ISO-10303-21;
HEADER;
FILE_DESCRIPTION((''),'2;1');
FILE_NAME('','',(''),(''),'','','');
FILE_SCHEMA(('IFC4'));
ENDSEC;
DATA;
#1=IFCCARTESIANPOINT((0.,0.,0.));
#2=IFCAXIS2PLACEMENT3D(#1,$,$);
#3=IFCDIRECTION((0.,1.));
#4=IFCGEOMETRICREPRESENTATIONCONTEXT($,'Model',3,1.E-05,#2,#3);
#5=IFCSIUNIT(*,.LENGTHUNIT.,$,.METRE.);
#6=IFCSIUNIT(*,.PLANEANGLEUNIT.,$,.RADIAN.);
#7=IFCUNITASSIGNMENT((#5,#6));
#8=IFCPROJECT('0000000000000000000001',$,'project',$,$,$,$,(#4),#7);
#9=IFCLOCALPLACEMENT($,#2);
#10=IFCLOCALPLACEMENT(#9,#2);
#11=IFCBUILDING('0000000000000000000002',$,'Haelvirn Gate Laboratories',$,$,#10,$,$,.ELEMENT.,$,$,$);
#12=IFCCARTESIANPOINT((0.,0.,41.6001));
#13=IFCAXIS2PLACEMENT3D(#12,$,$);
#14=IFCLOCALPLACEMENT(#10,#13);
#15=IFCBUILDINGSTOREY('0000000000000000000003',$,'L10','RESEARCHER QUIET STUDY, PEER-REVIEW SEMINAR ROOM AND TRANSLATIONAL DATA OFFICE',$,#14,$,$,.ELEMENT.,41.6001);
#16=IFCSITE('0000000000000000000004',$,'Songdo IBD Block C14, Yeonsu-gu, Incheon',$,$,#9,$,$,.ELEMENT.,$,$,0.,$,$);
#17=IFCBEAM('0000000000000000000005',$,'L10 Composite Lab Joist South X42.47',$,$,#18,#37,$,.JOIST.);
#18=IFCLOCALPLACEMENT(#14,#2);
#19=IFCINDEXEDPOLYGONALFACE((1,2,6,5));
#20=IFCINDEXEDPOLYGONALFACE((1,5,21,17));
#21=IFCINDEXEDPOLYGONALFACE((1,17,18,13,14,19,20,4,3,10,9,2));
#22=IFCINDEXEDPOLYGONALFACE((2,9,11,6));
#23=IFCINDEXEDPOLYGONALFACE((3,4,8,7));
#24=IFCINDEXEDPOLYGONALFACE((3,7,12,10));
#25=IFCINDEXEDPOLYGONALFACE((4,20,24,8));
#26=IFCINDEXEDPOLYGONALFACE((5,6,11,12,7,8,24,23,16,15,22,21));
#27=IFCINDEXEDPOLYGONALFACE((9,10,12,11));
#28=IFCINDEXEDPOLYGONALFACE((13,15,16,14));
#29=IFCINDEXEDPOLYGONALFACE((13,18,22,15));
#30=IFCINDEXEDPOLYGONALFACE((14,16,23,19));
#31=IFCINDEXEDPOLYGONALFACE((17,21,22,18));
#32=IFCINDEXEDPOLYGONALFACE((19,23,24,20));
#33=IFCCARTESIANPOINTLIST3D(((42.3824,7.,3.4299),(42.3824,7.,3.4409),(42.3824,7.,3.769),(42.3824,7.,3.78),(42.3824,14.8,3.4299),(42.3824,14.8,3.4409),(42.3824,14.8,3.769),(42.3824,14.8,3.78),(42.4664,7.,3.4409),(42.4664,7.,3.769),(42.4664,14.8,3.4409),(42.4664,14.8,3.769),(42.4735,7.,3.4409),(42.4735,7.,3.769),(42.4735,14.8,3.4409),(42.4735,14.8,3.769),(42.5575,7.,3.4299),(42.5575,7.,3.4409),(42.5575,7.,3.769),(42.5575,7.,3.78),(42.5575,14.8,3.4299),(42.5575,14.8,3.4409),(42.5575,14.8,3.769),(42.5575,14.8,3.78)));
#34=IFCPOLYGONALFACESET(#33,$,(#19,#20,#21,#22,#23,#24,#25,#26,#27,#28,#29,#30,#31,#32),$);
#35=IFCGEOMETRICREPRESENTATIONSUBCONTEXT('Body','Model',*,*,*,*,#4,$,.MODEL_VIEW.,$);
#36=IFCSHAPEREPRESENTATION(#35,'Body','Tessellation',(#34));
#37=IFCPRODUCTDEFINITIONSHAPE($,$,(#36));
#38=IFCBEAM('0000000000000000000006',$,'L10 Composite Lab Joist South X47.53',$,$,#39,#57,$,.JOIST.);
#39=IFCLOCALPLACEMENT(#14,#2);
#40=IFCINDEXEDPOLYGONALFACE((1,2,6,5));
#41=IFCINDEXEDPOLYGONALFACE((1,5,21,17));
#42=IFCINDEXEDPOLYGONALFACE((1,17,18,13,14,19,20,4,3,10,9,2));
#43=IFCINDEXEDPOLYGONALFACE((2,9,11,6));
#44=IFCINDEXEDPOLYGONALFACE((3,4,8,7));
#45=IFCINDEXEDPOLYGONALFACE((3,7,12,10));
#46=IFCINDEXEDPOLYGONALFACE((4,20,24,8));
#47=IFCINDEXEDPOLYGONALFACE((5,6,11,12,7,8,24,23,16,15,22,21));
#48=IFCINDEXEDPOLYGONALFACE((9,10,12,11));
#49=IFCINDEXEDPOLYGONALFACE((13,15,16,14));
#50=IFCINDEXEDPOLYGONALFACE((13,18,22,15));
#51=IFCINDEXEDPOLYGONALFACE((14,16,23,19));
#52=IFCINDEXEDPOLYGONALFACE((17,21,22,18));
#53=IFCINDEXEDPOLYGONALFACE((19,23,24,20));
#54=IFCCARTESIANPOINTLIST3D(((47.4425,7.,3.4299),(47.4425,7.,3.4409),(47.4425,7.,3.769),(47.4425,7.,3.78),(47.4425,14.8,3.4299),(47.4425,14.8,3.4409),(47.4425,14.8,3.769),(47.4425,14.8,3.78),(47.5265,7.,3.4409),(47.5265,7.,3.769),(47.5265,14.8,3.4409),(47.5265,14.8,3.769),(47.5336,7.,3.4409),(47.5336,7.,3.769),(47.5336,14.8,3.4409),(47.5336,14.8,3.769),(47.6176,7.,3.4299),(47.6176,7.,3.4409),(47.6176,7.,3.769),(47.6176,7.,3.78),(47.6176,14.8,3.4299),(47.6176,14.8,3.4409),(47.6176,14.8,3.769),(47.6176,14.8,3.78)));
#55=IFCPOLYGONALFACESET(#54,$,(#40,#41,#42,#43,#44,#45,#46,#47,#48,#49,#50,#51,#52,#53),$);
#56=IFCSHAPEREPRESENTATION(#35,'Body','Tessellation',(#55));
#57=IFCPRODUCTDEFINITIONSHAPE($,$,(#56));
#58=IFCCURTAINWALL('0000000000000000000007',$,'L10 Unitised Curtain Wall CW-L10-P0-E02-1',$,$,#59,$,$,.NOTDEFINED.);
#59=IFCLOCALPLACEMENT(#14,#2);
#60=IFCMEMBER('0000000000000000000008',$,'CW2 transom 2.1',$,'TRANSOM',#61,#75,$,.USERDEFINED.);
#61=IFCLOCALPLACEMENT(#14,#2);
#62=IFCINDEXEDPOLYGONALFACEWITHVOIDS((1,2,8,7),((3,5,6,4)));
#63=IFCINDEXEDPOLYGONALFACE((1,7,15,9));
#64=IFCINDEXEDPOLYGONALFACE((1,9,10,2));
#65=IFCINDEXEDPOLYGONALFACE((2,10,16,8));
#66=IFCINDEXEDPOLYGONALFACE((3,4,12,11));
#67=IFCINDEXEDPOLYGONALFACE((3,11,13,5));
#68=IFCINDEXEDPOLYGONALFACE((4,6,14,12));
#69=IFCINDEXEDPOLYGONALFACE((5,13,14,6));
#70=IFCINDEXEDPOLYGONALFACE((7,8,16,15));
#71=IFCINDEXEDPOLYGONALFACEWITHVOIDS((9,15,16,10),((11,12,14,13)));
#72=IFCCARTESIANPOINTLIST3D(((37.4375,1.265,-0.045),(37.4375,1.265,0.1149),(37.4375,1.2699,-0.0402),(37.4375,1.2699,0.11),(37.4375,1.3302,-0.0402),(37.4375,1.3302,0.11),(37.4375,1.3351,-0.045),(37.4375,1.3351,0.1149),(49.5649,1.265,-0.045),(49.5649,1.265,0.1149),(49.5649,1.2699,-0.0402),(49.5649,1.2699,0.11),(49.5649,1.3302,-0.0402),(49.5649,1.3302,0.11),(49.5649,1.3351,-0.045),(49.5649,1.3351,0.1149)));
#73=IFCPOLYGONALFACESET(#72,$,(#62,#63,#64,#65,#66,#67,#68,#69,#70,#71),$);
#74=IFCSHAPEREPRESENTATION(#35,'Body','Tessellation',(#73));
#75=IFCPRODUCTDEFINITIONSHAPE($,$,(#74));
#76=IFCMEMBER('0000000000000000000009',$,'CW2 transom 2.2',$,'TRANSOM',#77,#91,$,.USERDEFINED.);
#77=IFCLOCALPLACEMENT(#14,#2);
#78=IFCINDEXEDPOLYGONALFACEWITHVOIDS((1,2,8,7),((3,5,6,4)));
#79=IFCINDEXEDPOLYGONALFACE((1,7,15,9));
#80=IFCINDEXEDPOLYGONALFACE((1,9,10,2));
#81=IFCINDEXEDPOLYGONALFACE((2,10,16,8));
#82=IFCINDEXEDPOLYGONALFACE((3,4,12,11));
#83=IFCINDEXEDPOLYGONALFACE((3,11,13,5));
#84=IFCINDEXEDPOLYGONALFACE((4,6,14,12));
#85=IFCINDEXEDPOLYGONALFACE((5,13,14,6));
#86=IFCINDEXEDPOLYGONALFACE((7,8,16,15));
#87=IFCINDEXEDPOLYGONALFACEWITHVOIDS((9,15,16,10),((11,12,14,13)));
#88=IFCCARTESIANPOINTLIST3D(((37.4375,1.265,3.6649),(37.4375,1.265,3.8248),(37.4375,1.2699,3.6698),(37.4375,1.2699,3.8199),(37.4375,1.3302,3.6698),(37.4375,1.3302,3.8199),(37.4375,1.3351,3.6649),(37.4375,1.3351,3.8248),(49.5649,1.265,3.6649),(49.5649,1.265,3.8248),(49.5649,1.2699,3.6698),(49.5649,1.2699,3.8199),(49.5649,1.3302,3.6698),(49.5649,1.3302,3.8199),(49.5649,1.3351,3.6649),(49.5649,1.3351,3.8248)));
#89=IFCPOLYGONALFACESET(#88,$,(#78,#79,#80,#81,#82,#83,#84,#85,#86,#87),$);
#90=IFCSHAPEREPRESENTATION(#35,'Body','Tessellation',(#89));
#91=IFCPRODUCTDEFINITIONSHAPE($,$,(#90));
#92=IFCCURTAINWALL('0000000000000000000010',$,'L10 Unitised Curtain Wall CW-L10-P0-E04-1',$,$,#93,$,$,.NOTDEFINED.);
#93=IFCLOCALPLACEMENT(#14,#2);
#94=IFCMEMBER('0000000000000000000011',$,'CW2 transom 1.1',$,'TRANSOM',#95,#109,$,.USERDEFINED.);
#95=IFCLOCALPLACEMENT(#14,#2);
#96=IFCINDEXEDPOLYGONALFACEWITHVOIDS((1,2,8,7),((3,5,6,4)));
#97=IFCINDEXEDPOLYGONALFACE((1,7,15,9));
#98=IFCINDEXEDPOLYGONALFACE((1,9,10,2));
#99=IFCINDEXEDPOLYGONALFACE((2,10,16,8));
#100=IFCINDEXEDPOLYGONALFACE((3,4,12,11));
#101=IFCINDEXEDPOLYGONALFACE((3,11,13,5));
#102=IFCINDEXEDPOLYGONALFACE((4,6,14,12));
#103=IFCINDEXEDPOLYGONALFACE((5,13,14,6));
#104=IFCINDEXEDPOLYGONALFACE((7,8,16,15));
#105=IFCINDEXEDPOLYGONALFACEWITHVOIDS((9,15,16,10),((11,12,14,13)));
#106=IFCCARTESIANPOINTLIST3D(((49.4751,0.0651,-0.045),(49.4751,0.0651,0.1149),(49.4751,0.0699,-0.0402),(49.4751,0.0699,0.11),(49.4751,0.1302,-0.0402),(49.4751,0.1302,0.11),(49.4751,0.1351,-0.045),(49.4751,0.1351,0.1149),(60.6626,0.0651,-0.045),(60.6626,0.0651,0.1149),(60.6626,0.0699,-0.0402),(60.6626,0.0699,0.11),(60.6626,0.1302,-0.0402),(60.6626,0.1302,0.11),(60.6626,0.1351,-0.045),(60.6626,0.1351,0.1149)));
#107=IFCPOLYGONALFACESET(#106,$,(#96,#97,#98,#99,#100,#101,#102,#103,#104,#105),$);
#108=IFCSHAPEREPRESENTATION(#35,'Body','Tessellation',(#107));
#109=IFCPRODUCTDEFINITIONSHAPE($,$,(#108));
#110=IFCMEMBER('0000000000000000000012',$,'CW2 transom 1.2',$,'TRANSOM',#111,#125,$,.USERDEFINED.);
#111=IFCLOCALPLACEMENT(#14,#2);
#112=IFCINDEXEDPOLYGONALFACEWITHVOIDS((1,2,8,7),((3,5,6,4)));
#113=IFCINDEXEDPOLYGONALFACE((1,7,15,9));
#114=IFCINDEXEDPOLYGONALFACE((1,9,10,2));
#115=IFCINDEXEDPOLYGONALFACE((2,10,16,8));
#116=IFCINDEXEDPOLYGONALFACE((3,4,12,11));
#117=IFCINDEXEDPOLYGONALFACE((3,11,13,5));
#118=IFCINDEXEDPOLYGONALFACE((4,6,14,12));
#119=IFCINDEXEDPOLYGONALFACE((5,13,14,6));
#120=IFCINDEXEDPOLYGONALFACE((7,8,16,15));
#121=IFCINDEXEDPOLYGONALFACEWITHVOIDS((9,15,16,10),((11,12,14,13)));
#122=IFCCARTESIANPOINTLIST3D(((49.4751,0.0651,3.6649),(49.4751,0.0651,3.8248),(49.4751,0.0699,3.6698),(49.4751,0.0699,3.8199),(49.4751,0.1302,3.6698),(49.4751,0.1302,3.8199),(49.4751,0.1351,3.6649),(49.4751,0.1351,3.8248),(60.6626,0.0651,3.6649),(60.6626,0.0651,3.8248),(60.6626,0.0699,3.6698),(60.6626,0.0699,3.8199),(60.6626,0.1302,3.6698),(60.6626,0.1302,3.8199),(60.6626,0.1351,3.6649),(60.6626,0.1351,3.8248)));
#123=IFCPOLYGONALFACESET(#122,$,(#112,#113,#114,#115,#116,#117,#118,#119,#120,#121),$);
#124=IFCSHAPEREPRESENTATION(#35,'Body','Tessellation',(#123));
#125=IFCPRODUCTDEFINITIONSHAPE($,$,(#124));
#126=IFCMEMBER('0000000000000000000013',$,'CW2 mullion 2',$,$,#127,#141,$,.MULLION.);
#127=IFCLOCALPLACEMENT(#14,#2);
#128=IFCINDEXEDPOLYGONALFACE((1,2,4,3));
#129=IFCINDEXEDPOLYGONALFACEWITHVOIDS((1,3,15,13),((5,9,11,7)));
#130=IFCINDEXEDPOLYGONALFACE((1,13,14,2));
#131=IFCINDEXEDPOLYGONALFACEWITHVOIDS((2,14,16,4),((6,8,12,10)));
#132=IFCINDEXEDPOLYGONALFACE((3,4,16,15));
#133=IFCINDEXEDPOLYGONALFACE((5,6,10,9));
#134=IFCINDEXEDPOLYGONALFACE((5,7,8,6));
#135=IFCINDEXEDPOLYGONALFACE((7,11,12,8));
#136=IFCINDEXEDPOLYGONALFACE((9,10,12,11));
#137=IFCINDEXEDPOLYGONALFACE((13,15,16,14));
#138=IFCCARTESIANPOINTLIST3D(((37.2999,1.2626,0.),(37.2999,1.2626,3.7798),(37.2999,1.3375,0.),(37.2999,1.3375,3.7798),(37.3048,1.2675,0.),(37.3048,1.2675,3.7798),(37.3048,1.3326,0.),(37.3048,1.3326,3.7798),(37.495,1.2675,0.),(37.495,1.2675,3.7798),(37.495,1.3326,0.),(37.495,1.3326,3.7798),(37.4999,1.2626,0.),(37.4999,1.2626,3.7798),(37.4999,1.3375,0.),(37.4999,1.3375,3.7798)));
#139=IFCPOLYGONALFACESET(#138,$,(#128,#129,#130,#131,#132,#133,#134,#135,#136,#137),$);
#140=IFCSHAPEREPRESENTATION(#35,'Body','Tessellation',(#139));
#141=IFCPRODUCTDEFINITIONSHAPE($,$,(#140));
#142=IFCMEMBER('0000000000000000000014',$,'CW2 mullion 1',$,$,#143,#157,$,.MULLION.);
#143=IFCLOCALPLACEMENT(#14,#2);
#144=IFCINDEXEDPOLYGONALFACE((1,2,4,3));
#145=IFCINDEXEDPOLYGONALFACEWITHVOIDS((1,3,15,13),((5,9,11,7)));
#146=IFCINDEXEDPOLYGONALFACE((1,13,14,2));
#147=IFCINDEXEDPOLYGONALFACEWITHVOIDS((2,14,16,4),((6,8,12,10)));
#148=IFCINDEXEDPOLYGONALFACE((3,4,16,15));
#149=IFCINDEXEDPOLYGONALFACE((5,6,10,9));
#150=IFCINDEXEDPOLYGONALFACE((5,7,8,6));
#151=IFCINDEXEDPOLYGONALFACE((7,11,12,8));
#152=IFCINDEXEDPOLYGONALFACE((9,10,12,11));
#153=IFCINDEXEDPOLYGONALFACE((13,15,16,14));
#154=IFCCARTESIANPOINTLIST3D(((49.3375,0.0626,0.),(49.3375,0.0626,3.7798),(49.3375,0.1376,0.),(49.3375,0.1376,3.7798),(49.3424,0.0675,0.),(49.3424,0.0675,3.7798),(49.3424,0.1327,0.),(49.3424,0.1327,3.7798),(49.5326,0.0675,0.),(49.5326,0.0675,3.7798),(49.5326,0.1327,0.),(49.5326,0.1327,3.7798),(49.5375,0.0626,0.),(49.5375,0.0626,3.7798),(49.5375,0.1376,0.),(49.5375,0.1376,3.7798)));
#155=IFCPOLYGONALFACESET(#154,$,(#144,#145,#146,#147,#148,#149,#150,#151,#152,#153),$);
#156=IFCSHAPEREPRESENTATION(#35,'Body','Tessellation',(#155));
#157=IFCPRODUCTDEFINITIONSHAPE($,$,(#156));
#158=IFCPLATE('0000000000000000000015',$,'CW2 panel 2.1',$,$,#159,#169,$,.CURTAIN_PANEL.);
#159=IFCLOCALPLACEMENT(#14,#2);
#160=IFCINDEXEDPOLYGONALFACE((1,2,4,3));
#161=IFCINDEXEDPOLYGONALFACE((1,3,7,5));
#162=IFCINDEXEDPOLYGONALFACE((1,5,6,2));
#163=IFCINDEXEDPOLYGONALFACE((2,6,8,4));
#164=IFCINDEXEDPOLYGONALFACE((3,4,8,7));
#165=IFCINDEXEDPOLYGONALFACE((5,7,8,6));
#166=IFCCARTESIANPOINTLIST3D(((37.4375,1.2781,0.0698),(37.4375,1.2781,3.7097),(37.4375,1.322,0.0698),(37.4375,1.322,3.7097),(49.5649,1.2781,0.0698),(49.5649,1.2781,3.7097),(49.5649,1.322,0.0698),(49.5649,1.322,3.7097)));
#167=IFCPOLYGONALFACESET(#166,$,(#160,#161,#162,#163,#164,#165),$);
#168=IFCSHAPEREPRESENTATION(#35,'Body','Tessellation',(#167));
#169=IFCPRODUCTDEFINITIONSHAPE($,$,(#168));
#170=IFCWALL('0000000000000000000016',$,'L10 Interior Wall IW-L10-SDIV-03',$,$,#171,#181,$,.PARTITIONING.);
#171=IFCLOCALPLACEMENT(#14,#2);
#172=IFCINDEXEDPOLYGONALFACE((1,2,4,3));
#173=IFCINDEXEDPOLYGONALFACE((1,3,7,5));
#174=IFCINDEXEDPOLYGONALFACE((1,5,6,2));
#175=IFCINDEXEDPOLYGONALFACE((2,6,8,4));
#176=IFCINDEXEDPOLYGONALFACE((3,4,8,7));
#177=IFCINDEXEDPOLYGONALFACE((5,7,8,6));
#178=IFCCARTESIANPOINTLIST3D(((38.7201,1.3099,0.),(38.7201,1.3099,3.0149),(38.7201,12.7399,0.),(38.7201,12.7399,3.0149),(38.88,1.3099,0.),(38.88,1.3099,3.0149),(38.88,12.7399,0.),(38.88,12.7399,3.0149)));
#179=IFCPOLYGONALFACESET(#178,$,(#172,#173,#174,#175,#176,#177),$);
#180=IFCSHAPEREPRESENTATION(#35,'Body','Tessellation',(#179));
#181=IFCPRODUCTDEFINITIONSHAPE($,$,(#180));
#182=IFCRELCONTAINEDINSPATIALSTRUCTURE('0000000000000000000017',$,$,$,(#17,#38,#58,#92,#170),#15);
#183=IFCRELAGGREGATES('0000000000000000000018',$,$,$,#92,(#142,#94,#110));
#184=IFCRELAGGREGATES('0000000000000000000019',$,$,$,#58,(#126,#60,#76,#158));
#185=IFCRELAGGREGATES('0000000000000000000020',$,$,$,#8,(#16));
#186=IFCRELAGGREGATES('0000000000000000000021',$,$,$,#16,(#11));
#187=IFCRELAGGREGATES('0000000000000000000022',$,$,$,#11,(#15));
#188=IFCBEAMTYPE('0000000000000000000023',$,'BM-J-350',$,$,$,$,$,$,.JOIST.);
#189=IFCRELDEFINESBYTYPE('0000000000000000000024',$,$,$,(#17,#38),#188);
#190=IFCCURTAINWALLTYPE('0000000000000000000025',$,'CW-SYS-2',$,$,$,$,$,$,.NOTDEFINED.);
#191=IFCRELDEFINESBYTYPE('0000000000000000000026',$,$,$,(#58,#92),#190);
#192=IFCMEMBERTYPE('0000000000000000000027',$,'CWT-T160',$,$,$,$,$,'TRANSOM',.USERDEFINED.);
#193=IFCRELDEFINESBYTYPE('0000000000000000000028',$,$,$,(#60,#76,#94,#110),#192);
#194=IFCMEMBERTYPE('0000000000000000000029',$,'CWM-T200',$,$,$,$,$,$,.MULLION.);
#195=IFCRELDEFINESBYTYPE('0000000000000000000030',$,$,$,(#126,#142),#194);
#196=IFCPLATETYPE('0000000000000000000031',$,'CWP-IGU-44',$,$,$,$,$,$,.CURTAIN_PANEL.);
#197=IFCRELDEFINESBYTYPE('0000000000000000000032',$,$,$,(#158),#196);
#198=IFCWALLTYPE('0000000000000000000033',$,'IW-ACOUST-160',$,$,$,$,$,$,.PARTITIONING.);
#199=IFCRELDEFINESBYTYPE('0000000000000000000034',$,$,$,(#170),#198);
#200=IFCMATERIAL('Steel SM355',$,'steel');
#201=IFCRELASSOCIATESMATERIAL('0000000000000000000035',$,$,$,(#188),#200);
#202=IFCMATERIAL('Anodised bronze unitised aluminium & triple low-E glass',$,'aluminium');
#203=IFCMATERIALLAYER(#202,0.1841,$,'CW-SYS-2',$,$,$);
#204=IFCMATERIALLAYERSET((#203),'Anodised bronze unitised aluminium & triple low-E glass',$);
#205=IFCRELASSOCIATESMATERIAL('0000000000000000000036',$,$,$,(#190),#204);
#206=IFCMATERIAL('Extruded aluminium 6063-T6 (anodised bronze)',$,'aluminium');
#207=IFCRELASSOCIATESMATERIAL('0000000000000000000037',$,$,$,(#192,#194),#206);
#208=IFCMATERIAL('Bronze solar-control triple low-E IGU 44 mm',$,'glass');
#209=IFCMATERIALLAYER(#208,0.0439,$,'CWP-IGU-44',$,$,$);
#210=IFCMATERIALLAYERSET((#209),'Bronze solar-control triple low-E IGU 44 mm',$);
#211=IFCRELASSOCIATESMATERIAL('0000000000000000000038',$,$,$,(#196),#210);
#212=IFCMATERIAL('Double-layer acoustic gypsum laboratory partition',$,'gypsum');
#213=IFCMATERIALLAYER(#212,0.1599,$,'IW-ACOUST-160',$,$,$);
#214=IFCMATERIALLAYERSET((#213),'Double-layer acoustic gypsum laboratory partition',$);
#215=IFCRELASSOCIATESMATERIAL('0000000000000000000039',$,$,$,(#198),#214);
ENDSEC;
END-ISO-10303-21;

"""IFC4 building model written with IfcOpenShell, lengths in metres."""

from ifc_helpers import new_model, si_unit, direction, frame, frame_2d, origin, origin_2d, place, context, subcontext, project, spatial, rectangle, hollow_rectangle, i_section, extrude, source, transform, mapped, material, layer, layer_set, material_profile, profile_set, type_object, type_shapes, element, aggregate, save


model = new_model("IFC4")

# Units and contexts
model_context = context("Model", 3, precision=1e-05, world=origin(), true_north=direction((0.0, 1.0)))
body_context = subcontext(model_context, "Body", "Model", "MODEL_VIEW")
ifc_project = project(units=[si_unit("LENGTHUNIT", "METRE"), si_unit("PLANEANGLEUNIT", "RADIAN")], contexts=[model_context])

# Site, building, storey
site_placement = place(None, origin())
site = spatial("IfcSite", under=ifc_project, at=site_placement, Name="Songdo IBD Block C14, Yeonsu-gu, Incheon", CompositionType="ELEMENT", RefElevation=0.0)
building_placement = place(site_placement, origin())
building = spatial("IfcBuilding", under=site, at=building_placement, Name="Haelvirn Gate Laboratories", CompositionType="ELEMENT")
storey_placement = place(building_placement, frame((0.0, 0.0, 41.6001)))
storey = spatial("IfcBuildingStorey", under=building, at=storey_placement, Name="L10", Description="RESEARCHER QUIET STUDY, PEER-REVIEW SEMINAR ROOM AND TRANSLATIONAL DATA OFFICE", CompositionType="ELEMENT", Elevation=41.6001)

# Beams
ifc_material_1 = material(Name="Steel SM355", Category="steel")
ifc_material_profile_1 = material_profile(ifc_material_1, i_section(OverallWidth=0.175, OverallDepth=0.3501, WebThickness=0.0071, FlangeThickness=0.011, at=origin_2d()), Name="H-350x175x7x11")
ifc_profile_set_1 = profile_set([ifc_material_profile_1], Name="Steel SM355")
beam_type_1 = type_object("IfcBeamType", Name="BM-J-350", PredefinedType="JOIST", material=ifc_profile_set_1)
shared_shape_1 = source(origin(), body_context, "Body", "SweptSolid", [
    extrude(i_section(OverallWidth=0.175, OverallDepth=0.3501, WebThickness=0.0071, FlangeThickness=0.011, at=origin_2d()), origin(), (0.0, 0.0, 1.0), 7.8),
])
type_shapes(beam_type_1, [shared_shape_1])
for number, where, z_axis, x_axis, name in (
    (1, (42.47, 7.0, 3.605), (0.0, 1.0, 0.0), (-1.0, 0.0, 0.0), "L10 Composite Lab Joist South X42.47"),
    (2, (47.53, 7.0, 3.605), (0.0, 1.0, 0.0), (-1.0, 0.0, 0.0), "L10 Composite Lab Joist South X47.53"),
):
    element("IfcBeam", number, at=place(storey_placement, frame(where, z_axis=z_axis, x_axis=x_axis)), inside=storey, type_object=beam_type_1, Name=name, PredefinedType="JOIST", context=body_context, shape_type="MappedRepresentation", body=[
        mapped(shared_shape_1, transform((0.0, 0.0, 0.0), scale=1.0)),
    ])

# Curtain walls, members
ifc_material_2 = material(Name="Anodised bronze unitised aluminium & triple low-E glass", Category="aluminium")
ifc_layer_1 = layer(ifc_material_2, 0.1841, Name="CW-SYS-2")
ifc_layer_set_1 = layer_set([ifc_layer_1], Name="Anodised bronze unitised aluminium & triple low-E glass")
curtain_wall_type = type_object("IfcCurtainWallType", Name="CW-SYS-2", PredefinedType="NOTDEFINED", material=ifc_layer_set_1)
curtain_wall_1_placement = place(storey_placement, origin())
curtain_wall_1 = element("IfcCurtainWall", 3, at=curtain_wall_1_placement, inside=storey, type_object=curtain_wall_type, Name="L10 Unitised Curtain Wall CW-L10-P0-E02-1", PredefinedType="NOTDEFINED")
ifc_material_3 = material(Name="Extruded aluminium 6063-T6 (anodised bronze)", Category="aluminium")
ifc_material_profile_2 = material_profile(ifc_material_3, hollow_rectangle(XDim=0.0701, YDim=0.1599, WallThickness=0.0049, at=origin_2d()), Name="CWT-160x70x5")
ifc_profile_set_2 = profile_set([ifc_material_profile_2], Name="Extruded aluminium 6063-T6 (anodised bronze)")
member_type_1 = type_object("IfcMemberType", Name="CWT-T160", ElementType="TRANSOM", PredefinedType="USERDEFINED", material=ifc_profile_set_2)
shared_shape_2 = source(origin(), body_context, "Body", "SweptSolid", [
    extrude(hollow_rectangle(XDim=0.0701, YDim=0.1599, WallThickness=0.0049, at=origin_2d()), origin(), (0.0, 0.0, 1.0), 12.1274),
])
member_1_placement = place(storey_placement, frame((37.4375, 1.3, 0.0349), z_axis=(1.0, 0.0, 0.0), x_axis=(0.0, 1.0, 0.0)))
member_1 = element("IfcMember", 4, at=member_1_placement, type_object=member_type_1, Name="CW2 transom 2.1", ObjectType="TRANSOM", PredefinedType="USERDEFINED", context=body_context, shape_type="MappedRepresentation", body=[
    mapped(shared_shape_2, transform((0.0, 0.0, 0.0), scale=1.0)),
])
member_2_placement = place(storey_placement, frame((37.4375, 1.3, 3.7449), z_axis=(1.0, 0.0, 0.0), x_axis=(0.0, 1.0, 0.0)))
member_2 = element("IfcMember", 5, at=member_2_placement, type_object=member_type_1, Name="CW2 transom 2.2", ObjectType="TRANSOM", PredefinedType="USERDEFINED", context=body_context, shape_type="MappedRepresentation", body=[
    mapped(shared_shape_2, transform((0.0, 0.0, 0.0), scale=1.0)),
])
curtain_wall_2_placement = place(storey_placement, origin())
curtain_wall_2 = element("IfcCurtainWall", 6, at=curtain_wall_2_placement, inside=storey, type_object=curtain_wall_type, Name="L10 Unitised Curtain Wall CW-L10-P0-E04-1", PredefinedType="NOTDEFINED")
shared_shape_3 = source(origin(), body_context, "Body", "SweptSolid", [
    extrude(hollow_rectangle(XDim=0.0701, YDim=0.1599, WallThickness=0.0049, at=origin_2d()), origin(), (0.0, 0.0, 1.0), 11.1875),
])
type_shapes(member_type_1, [shared_shape_2, shared_shape_3])
member_3_placement = place(storey_placement, frame((49.4751, 0.1001, 0.0349), z_axis=(1.0, 0.0, 0.0), x_axis=(0.0, 1.0, 0.0)))
member_3 = element("IfcMember", 7, at=member_3_placement, type_object=member_type_1, Name="CW2 transom 1.1", ObjectType="TRANSOM", PredefinedType="USERDEFINED", context=body_context, shape_type="MappedRepresentation", body=[
    mapped(shared_shape_3, transform((0.0, 0.0, 0.0), scale=1.0)),
])
member_4_placement = place(storey_placement, frame((49.4751, 0.1001, 3.7449), z_axis=(1.0, 0.0, 0.0), x_axis=(0.0, 1.0, 0.0)))
member_4 = element("IfcMember", 8, at=member_4_placement, type_object=member_type_1, Name="CW2 transom 1.2", ObjectType="TRANSOM", PredefinedType="USERDEFINED", context=body_context, shape_type="MappedRepresentation", body=[
    mapped(shared_shape_3, transform((0.0, 0.0, 0.0), scale=1.0)),
])

# Members
ifc_material_profile_3 = material_profile(ifc_material_3, hollow_rectangle(XDim=0.075, YDim=0.2, WallThickness=0.0049, at=origin_2d()), Name="CWM-200x75x5")
ifc_profile_set_3 = profile_set([ifc_material_profile_3], Name="Extruded aluminium 6063-T6 (anodised bronze)")
member_type_2 = type_object("IfcMemberType", Name="CWM-T200", PredefinedType="MULLION", material=ifc_profile_set_3)
shared_shape_4 = source(origin(), body_context, "Body", "SweptSolid", [
    extrude(hollow_rectangle(XDim=0.075, YDim=0.2, WallThickness=0.0049, at=origin_2d()), origin(), (0.0, 0.0, 1.0), 3.7798),
])
type_shapes(member_type_2, [shared_shape_4])
member_5_placement = place(storey_placement, frame((37.3999, 1.3, 0.0), z_axis=(0.0, 0.0, 1.0), x_axis=(0.0, 1.0, 0.0)))
member_5 = element("IfcMember", 9, at=member_5_placement, type_object=member_type_2, Name="CW2 mullion 2", PredefinedType="MULLION", context=body_context, shape_type="MappedRepresentation", body=[
    mapped(shared_shape_4, transform((0.0, 0.0, 0.0), scale=1.0)),
])
member_6_placement = place(storey_placement, frame((49.4375, 0.1001, 0.0), z_axis=(0.0, 0.0, 1.0), x_axis=(0.0, 1.0, 0.0)))
member_6 = element("IfcMember", 10, at=member_6_placement, type_object=member_type_2, Name="CW2 mullion 1", PredefinedType="MULLION", context=body_context, shape_type="MappedRepresentation", body=[
    mapped(shared_shape_4, transform((0.0, 0.0, 0.0), scale=1.0)),
])
aggregate(curtain_wall_2, [member_6, member_3, member_4])

# Plate
ifc_material_4 = material(Name="Bronze solar-control triple low-E IGU 44 mm", Category="glass")
ifc_layer_2 = layer(ifc_material_4, 0.0439, Name="CWP-IGU-44")
ifc_layer_set_2 = layer_set([ifc_layer_2], Name="Bronze solar-control triple low-E IGU 44 mm")
plate_type = type_object("IfcPlateType", Name="CWP-IGU-44", PredefinedType="CURTAIN_PANEL", material=ifc_layer_set_2)
shared_shape_5 = source(origin(), body_context, "Body", "SweptSolid", [
    extrude(rectangle(XDim=12.1274, YDim=0.0439, at=origin_2d()), origin(), (0.0, 0.0, 1.0), 3.6399),
])
type_shapes(plate_type, [shared_shape_5])
plate_placement = place(storey_placement, frame((43.5012, 1.3, 0.0698), z_axis=(0.0, 0.0, 1.0), x_axis=(1.0, 0.0, 0.0)))
plate = element("IfcPlate", 11, at=plate_placement, type_object=plate_type, Name="CW2 panel 2.1", PredefinedType="CURTAIN_PANEL", context=body_context, shape_type="MappedRepresentation", body=[
    mapped(shared_shape_5, transform((0.0, 0.0, 0.0), scale=1.0)),
])
aggregate(curtain_wall_1, [member_5, member_1, member_2, plate])

# Wall
ifc_material_5 = material(Name="Double-layer acoustic gypsum laboratory partition", Category="gypsum")
ifc_layer_3 = layer(ifc_material_5, 0.1599, Name="IW-ACOUST-160")
ifc_layer_set_3 = layer_set([ifc_layer_3], Name="Double-layer acoustic gypsum laboratory partition")
wall_type_1 = type_object("IfcWallType", Name="IW-ACOUST-160", PredefinedType="PARTITIONING", material=ifc_layer_set_3)
wall_1_placement = place(storey_placement, frame((38.8, 1.3101, 0.0), z_axis=(0.0, 0.0, 1.0), x_axis=(0.0, 1.0, 0.0)))
element("IfcWall", 12, at=wall_1_placement, inside=storey, type_object=wall_type_1, Name="L10 Interior Wall IW-L10-SDIV-03", PredefinedType="PARTITIONING", context=body_context, shape_type="SweptSolid", body=[
    extrude(rectangle(XDim=11.4299, YDim=0.1599, at=frame_2d((5.7148, 0.0))), origin(), (0.0, 0.0, 1.0), 3.0149),
])

save(model, "model.ifc")
